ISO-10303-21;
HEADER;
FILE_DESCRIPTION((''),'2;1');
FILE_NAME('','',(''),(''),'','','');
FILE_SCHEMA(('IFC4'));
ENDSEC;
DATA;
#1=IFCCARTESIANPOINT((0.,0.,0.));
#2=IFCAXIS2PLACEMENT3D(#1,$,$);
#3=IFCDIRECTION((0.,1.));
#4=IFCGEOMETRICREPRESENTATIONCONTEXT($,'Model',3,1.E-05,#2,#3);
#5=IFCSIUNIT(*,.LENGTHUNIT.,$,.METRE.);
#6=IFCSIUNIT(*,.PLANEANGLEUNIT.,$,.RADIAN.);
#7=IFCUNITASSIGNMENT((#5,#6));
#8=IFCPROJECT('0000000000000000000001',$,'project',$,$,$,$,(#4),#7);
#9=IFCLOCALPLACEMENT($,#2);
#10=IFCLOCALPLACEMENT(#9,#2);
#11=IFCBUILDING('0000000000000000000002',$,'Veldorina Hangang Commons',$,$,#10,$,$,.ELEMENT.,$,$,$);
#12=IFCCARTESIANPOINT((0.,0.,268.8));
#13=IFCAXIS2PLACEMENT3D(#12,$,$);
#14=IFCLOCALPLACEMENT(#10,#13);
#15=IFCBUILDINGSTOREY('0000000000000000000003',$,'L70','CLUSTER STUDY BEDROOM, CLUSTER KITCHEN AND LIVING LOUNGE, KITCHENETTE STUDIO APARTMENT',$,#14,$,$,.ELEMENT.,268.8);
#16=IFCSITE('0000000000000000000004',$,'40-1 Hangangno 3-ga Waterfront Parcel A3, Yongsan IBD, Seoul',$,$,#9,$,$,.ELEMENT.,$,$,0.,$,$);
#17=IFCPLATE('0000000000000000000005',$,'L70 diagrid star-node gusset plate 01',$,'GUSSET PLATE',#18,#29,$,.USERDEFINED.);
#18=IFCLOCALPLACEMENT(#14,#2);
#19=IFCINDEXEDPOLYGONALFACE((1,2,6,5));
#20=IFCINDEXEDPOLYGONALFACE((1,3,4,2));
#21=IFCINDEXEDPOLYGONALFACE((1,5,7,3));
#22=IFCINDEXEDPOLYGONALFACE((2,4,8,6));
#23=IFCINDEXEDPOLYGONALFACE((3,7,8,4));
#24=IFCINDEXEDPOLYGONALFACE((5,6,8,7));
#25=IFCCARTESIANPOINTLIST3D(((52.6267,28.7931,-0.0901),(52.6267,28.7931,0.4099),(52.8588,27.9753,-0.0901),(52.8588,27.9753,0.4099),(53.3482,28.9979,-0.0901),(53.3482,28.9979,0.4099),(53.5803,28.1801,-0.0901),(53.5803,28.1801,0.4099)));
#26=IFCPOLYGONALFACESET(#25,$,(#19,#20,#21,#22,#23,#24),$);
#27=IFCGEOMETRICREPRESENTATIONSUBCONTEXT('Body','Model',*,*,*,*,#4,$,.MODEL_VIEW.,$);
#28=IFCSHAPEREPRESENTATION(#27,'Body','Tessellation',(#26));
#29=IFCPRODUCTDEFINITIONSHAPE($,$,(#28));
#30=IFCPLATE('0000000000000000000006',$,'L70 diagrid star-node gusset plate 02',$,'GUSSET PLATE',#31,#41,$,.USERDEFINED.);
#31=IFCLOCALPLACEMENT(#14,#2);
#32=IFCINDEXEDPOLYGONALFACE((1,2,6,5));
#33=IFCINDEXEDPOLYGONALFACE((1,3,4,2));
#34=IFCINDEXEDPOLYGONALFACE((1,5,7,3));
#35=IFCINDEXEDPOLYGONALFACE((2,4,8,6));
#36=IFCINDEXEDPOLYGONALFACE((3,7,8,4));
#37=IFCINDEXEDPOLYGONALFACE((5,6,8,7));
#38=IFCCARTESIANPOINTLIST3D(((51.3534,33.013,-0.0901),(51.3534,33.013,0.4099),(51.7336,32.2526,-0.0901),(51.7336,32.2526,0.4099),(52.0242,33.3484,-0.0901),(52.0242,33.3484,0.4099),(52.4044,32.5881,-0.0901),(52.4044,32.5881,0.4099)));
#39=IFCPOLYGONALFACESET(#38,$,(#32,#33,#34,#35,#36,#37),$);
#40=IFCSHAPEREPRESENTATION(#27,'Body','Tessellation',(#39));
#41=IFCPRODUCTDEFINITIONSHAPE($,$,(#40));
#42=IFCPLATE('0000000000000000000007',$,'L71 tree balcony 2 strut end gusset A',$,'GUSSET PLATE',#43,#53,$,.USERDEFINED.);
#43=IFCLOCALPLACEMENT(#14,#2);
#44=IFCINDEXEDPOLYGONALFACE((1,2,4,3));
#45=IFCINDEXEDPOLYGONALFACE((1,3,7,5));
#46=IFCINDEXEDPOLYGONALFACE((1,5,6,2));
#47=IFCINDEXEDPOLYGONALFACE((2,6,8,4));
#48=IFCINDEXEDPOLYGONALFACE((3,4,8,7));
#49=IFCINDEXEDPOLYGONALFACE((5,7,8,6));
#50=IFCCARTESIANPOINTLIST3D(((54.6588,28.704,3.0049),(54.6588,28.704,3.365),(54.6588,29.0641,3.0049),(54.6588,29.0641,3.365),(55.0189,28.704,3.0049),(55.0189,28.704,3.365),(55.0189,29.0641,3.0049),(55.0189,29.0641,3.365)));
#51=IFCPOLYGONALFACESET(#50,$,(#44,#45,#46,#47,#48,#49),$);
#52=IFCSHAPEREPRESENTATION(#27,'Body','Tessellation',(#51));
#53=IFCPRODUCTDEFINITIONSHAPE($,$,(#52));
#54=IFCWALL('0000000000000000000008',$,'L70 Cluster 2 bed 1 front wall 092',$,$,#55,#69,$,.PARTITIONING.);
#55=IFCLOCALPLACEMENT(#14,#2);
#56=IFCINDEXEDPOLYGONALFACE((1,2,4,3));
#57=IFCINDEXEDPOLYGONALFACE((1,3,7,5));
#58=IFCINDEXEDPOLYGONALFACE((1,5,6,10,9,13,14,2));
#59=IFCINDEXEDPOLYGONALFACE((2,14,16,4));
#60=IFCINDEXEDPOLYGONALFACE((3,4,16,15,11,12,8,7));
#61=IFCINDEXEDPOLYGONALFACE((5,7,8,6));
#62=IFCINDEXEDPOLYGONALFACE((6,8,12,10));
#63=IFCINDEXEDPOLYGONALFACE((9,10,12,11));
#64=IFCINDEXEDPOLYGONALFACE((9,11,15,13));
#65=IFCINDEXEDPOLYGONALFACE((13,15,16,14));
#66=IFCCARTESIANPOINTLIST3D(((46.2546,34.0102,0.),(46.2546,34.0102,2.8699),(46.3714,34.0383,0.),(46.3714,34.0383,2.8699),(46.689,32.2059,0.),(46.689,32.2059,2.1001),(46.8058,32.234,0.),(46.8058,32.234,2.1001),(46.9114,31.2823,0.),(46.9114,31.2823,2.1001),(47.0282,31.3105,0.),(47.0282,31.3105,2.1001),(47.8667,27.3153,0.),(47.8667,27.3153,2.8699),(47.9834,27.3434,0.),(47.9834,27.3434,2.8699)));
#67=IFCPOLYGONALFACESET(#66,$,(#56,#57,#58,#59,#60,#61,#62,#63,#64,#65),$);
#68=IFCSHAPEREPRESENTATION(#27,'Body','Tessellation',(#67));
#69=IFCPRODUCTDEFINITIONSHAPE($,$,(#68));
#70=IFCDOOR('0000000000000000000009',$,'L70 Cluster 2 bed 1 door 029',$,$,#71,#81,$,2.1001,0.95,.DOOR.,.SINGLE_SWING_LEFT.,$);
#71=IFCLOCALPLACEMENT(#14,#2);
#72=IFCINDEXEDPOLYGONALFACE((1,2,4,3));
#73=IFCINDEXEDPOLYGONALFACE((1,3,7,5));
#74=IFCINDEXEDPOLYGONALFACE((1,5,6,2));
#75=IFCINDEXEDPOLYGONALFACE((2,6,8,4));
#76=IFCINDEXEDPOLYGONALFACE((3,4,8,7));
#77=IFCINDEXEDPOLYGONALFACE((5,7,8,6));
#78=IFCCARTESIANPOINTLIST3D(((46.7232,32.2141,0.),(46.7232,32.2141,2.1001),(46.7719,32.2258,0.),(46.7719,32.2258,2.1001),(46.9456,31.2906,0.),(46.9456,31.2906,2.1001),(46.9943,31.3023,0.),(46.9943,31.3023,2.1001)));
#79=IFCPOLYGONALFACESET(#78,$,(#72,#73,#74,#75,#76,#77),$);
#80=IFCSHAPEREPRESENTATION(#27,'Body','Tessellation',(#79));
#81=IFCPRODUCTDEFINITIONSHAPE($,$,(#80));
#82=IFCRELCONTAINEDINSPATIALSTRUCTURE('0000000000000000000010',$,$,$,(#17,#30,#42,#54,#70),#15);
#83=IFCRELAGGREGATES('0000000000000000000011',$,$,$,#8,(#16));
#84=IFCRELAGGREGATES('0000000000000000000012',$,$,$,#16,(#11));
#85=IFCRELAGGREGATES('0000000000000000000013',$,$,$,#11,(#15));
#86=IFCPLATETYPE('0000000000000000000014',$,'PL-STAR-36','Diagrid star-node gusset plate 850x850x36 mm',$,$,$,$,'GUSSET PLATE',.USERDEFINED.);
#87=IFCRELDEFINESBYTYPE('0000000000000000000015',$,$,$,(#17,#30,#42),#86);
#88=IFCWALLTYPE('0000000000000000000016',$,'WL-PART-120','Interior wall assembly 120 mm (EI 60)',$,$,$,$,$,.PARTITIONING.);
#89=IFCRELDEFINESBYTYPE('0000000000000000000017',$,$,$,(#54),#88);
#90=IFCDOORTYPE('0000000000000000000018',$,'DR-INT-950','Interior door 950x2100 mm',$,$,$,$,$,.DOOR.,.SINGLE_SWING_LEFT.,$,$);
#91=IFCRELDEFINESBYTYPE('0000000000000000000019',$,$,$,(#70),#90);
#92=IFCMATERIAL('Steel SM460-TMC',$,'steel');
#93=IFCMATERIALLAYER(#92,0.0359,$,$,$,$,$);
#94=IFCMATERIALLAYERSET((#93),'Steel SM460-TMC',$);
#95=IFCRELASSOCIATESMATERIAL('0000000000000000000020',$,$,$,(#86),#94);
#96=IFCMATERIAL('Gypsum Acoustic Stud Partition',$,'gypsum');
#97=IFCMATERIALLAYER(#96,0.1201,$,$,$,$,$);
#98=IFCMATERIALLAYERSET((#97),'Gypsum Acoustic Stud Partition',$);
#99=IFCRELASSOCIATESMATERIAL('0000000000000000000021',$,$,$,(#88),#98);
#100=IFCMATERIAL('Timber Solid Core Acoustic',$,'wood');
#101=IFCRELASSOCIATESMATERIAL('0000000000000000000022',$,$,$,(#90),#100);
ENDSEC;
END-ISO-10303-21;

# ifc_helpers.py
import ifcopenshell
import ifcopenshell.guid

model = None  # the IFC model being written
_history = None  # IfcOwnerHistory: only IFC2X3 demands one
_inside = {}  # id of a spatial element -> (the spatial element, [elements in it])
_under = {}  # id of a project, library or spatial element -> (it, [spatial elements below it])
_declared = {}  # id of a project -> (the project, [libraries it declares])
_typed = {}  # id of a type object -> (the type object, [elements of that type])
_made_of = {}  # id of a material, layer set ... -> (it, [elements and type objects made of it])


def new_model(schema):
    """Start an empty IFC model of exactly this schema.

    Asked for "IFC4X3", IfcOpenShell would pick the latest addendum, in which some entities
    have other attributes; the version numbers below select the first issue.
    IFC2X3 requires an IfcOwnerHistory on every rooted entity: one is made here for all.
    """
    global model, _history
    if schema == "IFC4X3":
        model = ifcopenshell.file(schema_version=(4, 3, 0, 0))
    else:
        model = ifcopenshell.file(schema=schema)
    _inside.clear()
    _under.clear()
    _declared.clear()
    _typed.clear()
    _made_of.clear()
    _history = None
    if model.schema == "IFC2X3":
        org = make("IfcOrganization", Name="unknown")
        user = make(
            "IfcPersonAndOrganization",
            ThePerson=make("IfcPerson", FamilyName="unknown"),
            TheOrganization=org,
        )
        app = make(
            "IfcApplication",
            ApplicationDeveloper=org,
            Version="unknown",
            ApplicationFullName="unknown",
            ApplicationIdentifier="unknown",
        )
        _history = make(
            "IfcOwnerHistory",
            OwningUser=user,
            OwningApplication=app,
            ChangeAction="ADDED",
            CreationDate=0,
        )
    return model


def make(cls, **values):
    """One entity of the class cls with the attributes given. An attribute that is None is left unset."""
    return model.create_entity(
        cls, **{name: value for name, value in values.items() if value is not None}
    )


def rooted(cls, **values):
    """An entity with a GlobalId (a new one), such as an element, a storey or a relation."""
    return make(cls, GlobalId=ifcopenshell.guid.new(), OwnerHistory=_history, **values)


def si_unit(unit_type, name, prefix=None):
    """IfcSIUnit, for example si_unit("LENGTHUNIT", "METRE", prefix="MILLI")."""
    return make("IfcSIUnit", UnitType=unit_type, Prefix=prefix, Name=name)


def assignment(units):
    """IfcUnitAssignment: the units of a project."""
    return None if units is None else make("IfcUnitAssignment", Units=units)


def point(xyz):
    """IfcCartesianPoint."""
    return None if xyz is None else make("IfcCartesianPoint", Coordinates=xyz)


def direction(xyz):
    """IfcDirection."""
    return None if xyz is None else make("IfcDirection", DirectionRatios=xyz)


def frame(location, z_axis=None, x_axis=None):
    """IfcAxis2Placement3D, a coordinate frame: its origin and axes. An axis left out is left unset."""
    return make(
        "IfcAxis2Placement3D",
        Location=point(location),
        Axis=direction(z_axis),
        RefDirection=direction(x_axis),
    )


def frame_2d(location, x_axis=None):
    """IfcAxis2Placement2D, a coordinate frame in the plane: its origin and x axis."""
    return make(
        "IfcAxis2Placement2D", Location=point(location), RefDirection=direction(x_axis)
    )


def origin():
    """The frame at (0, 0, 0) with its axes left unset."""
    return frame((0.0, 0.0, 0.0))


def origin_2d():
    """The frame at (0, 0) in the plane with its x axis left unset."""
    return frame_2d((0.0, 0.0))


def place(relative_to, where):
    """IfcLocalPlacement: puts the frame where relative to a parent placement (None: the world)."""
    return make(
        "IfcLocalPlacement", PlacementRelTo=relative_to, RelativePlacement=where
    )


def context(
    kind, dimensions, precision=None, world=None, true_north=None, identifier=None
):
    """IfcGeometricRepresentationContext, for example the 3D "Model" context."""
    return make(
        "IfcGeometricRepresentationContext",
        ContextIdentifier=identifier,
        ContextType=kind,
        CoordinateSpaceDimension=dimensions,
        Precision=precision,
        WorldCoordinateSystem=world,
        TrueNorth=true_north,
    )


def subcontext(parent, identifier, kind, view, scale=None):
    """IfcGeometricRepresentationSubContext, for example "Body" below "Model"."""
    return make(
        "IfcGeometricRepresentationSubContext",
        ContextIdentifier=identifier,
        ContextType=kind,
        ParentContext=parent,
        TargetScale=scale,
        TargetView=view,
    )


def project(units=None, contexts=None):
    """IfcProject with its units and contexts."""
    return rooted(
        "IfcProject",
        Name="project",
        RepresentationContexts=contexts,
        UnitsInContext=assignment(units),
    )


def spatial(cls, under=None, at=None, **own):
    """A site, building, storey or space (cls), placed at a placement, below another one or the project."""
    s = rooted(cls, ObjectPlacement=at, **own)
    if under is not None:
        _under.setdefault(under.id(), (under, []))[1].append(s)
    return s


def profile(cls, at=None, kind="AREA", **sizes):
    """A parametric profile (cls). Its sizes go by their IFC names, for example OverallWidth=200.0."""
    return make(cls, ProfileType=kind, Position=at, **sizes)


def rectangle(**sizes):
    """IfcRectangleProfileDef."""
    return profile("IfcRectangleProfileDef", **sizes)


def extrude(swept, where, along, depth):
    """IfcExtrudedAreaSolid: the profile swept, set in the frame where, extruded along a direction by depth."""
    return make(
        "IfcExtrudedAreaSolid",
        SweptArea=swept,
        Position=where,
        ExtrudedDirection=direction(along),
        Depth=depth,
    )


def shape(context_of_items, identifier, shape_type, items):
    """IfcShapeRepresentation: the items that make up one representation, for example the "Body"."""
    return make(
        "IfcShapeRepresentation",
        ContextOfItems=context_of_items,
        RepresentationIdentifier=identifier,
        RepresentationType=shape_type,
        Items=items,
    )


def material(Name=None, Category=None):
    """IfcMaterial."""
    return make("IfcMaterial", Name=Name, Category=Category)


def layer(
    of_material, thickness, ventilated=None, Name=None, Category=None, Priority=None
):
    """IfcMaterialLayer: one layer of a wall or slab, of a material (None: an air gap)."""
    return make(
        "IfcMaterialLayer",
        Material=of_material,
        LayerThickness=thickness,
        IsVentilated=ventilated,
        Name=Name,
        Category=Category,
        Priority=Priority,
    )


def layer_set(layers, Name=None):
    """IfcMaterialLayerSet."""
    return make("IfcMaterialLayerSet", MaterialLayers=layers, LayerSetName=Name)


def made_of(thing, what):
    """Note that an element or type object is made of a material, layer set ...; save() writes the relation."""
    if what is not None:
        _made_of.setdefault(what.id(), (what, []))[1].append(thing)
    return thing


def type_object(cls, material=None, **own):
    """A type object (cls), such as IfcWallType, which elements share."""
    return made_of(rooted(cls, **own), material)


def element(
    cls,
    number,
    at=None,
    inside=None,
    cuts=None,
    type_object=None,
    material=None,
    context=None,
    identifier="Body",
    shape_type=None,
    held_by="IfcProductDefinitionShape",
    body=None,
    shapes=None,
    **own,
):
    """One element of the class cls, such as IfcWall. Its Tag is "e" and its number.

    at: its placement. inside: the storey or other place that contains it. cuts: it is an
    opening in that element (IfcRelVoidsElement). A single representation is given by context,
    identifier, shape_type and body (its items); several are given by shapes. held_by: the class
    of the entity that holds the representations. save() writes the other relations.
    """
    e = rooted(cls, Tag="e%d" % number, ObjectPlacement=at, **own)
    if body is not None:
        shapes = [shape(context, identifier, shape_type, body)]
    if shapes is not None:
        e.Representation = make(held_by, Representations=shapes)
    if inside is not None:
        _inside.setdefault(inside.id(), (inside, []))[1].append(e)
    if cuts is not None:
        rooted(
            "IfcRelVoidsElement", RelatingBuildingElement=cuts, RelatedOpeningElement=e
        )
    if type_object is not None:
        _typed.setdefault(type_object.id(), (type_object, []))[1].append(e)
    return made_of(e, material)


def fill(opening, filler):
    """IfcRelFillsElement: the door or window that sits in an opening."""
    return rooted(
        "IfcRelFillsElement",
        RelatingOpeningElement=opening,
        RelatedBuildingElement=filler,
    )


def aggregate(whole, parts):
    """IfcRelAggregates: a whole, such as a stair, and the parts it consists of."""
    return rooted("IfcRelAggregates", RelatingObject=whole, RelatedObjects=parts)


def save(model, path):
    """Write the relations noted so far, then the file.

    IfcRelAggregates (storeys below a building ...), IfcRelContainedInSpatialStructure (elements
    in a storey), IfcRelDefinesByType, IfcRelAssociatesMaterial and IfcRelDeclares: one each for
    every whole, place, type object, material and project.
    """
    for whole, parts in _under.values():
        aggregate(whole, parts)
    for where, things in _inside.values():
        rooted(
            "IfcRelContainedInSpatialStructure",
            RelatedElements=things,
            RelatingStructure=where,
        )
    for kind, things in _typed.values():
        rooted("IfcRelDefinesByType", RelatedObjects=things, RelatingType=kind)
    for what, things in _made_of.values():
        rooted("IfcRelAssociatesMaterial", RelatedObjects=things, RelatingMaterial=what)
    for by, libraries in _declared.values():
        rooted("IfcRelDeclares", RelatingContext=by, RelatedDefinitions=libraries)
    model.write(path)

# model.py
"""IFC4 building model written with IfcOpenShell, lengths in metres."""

from ifc_helpers import new_model, si_unit, direction, frame, frame_2d, origin, origin_2d, place, context, subcontext, project, spatial, rectangle, extrude, material, layer, layer_set, type_object, element, fill, save


model = new_model("IFC4")

# Units and contexts
model_context = context("Model", 3, precision=1e-05, world=origin(), true_north=direction((0.0, 1.0)))
body_context = subcontext(model_context, "Body", "Model", "MODEL_VIEW")
ifc_project = project(units=[si_unit("LENGTHUNIT", "METRE"), si_unit("PLANEANGLEUNIT", "RADIAN")], contexts=[model_context])

# Site, building, storey
site_placement = place(None, origin())
site = spatial("IfcSite", under=ifc_project, at=site_placement, Name="40-1 Hangangno 3-ga Waterfront Parcel A3, Yongsan IBD, Seoul", CompositionType="ELEMENT", RefElevation=0.0)
building_placement = place(site_placement, origin())
building = spatial("IfcBuilding", under=site, at=building_placement, Name="Veldorina Hangang Commons", CompositionType="ELEMENT")
storey_placement = place(building_placement, frame((0.0, 0.0, 268.8)))
storey = spatial("IfcBuildingStorey", under=building, at=storey_placement, Name="L70", Description="CLUSTER STUDY BEDROOM, CLUSTER KITCHEN AND LIVING LOUNGE, KITCHENETTE STUDIO APARTMENT", CompositionType="ELEMENT", Elevation=268.8)

# Plates
ifc_material_1 = material(Name="Steel SM460-TMC", Category="steel")
ifc_layer_1 = layer(ifc_material_1, 0.0359)
ifc_layer_set_1 = layer_set([ifc_layer_1], Name="Steel SM460-TMC")
plate_type_1 = type_object("IfcPlateType", Name="PL-STAR-36", Description="Diagrid star-node gusset plate 850x850x36 mm", ElementType="GUSSET PLATE", PredefinedType="USERDEFINED", material=ifc_layer_set_1)
for number, where, z_axis, x_axis, name in (
    (1, (53.1035, 28.4866, -0.0901), (0.0, 0.0, 1.0), (-0.273053, 0.961999, 0.0), "L70 diagrid star-node gusset plate 01"),
    (2, (51.8789, 32.8005, -0.0901), (0.0, 0.0, 1.0), (-0.447291, 0.894389, 0.0), "L70 diagrid star-node gusset plate 02"),
):
    element("IfcPlate", number, at=place(storey_placement, frame(where, z_axis=z_axis, x_axis=x_axis)), inside=storey, type_object=plate_type_1, Name=name, ObjectType="GUSSET PLATE", PredefinedType="USERDEFINED", context=body_context, shape_type="SweptSolid", body=[
        extrude(rectangle(XDim=0.8501, YDim=0.75, at=origin_2d()), origin(), (0.0, 0.0, 1.0), 0.5),
    ])
plate_1_placement = place(storey_placement, frame((54.8389, 28.884, 3.0049), z_axis=(0.0, 0.0, 1.0), x_axis=(1.0, 0.0, 0.0)))
element("IfcPlate", 3, at=plate_1_placement, inside=storey, type_object=plate_type_1, Name="L71 tree balcony 2 strut end gusset A", ObjectType="GUSSET PLATE", PredefinedType="USERDEFINED", context=body_context, shape_type="SweptSolid", body=[
    extrude(rectangle(XDim=0.3601, YDim=0.3601, at=origin_2d()), origin(), (0.0, 0.0, 1.0), 0.3601),
])

# Wall, opening, door
ifc_material_2 = material(Name="Gypsum Acoustic Stud Partition", Category="gypsum")
ifc_layer_2 = layer(ifc_material_2, 0.1201)
ifc_layer_set_2 = layer_set([ifc_layer_2], Name="Gypsum Acoustic Stud Partition")
wall_type = type_object("IfcWallType", Name="WL-PART-120", Description="Interior wall assembly 120 mm (EI 60)", PredefinedType="PARTITIONING", material=ifc_layer_set_2)
wall_placement = place(storey_placement, frame((47.925, 27.3293, 0.0), z_axis=(0.0, 0.0, 1.0), x_axis=(-0.234101, 0.972212, 0.0)))
wall = element("IfcWall", 4, at=wall_placement, inside=storey, type_object=wall_type, Name="L70 Cluster 2 bed 1 front wall 092", PredefinedType="PARTITIONING", context=body_context, shape_type="SweptSolid", body=[
    extrude(rectangle(XDim=6.8862, YDim=0.1201, at=frame_2d((3.4431, 0.0))), origin(), (0.0, 0.0, 1.0), 2.8699),
])
opening_placement = place(wall_placement, frame((4.0803, 0.0, 0.0)))
opening = element("IfcOpeningElement", 5, at=opening_placement, cuts=wall, PredefinedType="OPENING", context=body_context, shape_type="SweptSolid", body=[
    extrude(rectangle(XDim=0.95, YDim=2.1001, at=frame_2d((0.4751, 1.05))), frame((0.0, 0.0701, 0.0), z_axis=(0.0, -1.0, 0.0), x_axis=(1.0, 0.0, 0.0)), (0.0, 0.0, 1.0), 0.1401),
])
ifc_material_3 = material(Name="Timber Solid Core Acoustic", Category="wood")
door_type = type_object("IfcDoorType", Name="DR-INT-950", Description="Interior door 950x2100 mm", OperationType="SINGLE_SWING_LEFT", PredefinedType="DOOR", material=ifc_material_3)
door_placement = place(opening_placement, origin())
door = element("IfcDoor", 6, at=door_placement, inside=storey, type_object=door_type, Name="L70 Cluster 2 bed 1 door 029", OperationType="SINGLE_SWING_LEFT", OverallHeight=2.1001, OverallWidth=0.95, PredefinedType="DOOR", context=body_context, shape_type="SweptSolid", body=[
    extrude(rectangle(XDim=0.95, YDim=2.1001, at=frame_2d((0.4751, 1.05))), frame((0.0, 0.0249, 0.0), z_axis=(0.0, -1.0, 0.0), x_axis=(1.0, 0.0, 0.0)), (0.0, 0.0, 1.0), 0.05),
])
fill(opening, door)

save(model, "model.ifc")
